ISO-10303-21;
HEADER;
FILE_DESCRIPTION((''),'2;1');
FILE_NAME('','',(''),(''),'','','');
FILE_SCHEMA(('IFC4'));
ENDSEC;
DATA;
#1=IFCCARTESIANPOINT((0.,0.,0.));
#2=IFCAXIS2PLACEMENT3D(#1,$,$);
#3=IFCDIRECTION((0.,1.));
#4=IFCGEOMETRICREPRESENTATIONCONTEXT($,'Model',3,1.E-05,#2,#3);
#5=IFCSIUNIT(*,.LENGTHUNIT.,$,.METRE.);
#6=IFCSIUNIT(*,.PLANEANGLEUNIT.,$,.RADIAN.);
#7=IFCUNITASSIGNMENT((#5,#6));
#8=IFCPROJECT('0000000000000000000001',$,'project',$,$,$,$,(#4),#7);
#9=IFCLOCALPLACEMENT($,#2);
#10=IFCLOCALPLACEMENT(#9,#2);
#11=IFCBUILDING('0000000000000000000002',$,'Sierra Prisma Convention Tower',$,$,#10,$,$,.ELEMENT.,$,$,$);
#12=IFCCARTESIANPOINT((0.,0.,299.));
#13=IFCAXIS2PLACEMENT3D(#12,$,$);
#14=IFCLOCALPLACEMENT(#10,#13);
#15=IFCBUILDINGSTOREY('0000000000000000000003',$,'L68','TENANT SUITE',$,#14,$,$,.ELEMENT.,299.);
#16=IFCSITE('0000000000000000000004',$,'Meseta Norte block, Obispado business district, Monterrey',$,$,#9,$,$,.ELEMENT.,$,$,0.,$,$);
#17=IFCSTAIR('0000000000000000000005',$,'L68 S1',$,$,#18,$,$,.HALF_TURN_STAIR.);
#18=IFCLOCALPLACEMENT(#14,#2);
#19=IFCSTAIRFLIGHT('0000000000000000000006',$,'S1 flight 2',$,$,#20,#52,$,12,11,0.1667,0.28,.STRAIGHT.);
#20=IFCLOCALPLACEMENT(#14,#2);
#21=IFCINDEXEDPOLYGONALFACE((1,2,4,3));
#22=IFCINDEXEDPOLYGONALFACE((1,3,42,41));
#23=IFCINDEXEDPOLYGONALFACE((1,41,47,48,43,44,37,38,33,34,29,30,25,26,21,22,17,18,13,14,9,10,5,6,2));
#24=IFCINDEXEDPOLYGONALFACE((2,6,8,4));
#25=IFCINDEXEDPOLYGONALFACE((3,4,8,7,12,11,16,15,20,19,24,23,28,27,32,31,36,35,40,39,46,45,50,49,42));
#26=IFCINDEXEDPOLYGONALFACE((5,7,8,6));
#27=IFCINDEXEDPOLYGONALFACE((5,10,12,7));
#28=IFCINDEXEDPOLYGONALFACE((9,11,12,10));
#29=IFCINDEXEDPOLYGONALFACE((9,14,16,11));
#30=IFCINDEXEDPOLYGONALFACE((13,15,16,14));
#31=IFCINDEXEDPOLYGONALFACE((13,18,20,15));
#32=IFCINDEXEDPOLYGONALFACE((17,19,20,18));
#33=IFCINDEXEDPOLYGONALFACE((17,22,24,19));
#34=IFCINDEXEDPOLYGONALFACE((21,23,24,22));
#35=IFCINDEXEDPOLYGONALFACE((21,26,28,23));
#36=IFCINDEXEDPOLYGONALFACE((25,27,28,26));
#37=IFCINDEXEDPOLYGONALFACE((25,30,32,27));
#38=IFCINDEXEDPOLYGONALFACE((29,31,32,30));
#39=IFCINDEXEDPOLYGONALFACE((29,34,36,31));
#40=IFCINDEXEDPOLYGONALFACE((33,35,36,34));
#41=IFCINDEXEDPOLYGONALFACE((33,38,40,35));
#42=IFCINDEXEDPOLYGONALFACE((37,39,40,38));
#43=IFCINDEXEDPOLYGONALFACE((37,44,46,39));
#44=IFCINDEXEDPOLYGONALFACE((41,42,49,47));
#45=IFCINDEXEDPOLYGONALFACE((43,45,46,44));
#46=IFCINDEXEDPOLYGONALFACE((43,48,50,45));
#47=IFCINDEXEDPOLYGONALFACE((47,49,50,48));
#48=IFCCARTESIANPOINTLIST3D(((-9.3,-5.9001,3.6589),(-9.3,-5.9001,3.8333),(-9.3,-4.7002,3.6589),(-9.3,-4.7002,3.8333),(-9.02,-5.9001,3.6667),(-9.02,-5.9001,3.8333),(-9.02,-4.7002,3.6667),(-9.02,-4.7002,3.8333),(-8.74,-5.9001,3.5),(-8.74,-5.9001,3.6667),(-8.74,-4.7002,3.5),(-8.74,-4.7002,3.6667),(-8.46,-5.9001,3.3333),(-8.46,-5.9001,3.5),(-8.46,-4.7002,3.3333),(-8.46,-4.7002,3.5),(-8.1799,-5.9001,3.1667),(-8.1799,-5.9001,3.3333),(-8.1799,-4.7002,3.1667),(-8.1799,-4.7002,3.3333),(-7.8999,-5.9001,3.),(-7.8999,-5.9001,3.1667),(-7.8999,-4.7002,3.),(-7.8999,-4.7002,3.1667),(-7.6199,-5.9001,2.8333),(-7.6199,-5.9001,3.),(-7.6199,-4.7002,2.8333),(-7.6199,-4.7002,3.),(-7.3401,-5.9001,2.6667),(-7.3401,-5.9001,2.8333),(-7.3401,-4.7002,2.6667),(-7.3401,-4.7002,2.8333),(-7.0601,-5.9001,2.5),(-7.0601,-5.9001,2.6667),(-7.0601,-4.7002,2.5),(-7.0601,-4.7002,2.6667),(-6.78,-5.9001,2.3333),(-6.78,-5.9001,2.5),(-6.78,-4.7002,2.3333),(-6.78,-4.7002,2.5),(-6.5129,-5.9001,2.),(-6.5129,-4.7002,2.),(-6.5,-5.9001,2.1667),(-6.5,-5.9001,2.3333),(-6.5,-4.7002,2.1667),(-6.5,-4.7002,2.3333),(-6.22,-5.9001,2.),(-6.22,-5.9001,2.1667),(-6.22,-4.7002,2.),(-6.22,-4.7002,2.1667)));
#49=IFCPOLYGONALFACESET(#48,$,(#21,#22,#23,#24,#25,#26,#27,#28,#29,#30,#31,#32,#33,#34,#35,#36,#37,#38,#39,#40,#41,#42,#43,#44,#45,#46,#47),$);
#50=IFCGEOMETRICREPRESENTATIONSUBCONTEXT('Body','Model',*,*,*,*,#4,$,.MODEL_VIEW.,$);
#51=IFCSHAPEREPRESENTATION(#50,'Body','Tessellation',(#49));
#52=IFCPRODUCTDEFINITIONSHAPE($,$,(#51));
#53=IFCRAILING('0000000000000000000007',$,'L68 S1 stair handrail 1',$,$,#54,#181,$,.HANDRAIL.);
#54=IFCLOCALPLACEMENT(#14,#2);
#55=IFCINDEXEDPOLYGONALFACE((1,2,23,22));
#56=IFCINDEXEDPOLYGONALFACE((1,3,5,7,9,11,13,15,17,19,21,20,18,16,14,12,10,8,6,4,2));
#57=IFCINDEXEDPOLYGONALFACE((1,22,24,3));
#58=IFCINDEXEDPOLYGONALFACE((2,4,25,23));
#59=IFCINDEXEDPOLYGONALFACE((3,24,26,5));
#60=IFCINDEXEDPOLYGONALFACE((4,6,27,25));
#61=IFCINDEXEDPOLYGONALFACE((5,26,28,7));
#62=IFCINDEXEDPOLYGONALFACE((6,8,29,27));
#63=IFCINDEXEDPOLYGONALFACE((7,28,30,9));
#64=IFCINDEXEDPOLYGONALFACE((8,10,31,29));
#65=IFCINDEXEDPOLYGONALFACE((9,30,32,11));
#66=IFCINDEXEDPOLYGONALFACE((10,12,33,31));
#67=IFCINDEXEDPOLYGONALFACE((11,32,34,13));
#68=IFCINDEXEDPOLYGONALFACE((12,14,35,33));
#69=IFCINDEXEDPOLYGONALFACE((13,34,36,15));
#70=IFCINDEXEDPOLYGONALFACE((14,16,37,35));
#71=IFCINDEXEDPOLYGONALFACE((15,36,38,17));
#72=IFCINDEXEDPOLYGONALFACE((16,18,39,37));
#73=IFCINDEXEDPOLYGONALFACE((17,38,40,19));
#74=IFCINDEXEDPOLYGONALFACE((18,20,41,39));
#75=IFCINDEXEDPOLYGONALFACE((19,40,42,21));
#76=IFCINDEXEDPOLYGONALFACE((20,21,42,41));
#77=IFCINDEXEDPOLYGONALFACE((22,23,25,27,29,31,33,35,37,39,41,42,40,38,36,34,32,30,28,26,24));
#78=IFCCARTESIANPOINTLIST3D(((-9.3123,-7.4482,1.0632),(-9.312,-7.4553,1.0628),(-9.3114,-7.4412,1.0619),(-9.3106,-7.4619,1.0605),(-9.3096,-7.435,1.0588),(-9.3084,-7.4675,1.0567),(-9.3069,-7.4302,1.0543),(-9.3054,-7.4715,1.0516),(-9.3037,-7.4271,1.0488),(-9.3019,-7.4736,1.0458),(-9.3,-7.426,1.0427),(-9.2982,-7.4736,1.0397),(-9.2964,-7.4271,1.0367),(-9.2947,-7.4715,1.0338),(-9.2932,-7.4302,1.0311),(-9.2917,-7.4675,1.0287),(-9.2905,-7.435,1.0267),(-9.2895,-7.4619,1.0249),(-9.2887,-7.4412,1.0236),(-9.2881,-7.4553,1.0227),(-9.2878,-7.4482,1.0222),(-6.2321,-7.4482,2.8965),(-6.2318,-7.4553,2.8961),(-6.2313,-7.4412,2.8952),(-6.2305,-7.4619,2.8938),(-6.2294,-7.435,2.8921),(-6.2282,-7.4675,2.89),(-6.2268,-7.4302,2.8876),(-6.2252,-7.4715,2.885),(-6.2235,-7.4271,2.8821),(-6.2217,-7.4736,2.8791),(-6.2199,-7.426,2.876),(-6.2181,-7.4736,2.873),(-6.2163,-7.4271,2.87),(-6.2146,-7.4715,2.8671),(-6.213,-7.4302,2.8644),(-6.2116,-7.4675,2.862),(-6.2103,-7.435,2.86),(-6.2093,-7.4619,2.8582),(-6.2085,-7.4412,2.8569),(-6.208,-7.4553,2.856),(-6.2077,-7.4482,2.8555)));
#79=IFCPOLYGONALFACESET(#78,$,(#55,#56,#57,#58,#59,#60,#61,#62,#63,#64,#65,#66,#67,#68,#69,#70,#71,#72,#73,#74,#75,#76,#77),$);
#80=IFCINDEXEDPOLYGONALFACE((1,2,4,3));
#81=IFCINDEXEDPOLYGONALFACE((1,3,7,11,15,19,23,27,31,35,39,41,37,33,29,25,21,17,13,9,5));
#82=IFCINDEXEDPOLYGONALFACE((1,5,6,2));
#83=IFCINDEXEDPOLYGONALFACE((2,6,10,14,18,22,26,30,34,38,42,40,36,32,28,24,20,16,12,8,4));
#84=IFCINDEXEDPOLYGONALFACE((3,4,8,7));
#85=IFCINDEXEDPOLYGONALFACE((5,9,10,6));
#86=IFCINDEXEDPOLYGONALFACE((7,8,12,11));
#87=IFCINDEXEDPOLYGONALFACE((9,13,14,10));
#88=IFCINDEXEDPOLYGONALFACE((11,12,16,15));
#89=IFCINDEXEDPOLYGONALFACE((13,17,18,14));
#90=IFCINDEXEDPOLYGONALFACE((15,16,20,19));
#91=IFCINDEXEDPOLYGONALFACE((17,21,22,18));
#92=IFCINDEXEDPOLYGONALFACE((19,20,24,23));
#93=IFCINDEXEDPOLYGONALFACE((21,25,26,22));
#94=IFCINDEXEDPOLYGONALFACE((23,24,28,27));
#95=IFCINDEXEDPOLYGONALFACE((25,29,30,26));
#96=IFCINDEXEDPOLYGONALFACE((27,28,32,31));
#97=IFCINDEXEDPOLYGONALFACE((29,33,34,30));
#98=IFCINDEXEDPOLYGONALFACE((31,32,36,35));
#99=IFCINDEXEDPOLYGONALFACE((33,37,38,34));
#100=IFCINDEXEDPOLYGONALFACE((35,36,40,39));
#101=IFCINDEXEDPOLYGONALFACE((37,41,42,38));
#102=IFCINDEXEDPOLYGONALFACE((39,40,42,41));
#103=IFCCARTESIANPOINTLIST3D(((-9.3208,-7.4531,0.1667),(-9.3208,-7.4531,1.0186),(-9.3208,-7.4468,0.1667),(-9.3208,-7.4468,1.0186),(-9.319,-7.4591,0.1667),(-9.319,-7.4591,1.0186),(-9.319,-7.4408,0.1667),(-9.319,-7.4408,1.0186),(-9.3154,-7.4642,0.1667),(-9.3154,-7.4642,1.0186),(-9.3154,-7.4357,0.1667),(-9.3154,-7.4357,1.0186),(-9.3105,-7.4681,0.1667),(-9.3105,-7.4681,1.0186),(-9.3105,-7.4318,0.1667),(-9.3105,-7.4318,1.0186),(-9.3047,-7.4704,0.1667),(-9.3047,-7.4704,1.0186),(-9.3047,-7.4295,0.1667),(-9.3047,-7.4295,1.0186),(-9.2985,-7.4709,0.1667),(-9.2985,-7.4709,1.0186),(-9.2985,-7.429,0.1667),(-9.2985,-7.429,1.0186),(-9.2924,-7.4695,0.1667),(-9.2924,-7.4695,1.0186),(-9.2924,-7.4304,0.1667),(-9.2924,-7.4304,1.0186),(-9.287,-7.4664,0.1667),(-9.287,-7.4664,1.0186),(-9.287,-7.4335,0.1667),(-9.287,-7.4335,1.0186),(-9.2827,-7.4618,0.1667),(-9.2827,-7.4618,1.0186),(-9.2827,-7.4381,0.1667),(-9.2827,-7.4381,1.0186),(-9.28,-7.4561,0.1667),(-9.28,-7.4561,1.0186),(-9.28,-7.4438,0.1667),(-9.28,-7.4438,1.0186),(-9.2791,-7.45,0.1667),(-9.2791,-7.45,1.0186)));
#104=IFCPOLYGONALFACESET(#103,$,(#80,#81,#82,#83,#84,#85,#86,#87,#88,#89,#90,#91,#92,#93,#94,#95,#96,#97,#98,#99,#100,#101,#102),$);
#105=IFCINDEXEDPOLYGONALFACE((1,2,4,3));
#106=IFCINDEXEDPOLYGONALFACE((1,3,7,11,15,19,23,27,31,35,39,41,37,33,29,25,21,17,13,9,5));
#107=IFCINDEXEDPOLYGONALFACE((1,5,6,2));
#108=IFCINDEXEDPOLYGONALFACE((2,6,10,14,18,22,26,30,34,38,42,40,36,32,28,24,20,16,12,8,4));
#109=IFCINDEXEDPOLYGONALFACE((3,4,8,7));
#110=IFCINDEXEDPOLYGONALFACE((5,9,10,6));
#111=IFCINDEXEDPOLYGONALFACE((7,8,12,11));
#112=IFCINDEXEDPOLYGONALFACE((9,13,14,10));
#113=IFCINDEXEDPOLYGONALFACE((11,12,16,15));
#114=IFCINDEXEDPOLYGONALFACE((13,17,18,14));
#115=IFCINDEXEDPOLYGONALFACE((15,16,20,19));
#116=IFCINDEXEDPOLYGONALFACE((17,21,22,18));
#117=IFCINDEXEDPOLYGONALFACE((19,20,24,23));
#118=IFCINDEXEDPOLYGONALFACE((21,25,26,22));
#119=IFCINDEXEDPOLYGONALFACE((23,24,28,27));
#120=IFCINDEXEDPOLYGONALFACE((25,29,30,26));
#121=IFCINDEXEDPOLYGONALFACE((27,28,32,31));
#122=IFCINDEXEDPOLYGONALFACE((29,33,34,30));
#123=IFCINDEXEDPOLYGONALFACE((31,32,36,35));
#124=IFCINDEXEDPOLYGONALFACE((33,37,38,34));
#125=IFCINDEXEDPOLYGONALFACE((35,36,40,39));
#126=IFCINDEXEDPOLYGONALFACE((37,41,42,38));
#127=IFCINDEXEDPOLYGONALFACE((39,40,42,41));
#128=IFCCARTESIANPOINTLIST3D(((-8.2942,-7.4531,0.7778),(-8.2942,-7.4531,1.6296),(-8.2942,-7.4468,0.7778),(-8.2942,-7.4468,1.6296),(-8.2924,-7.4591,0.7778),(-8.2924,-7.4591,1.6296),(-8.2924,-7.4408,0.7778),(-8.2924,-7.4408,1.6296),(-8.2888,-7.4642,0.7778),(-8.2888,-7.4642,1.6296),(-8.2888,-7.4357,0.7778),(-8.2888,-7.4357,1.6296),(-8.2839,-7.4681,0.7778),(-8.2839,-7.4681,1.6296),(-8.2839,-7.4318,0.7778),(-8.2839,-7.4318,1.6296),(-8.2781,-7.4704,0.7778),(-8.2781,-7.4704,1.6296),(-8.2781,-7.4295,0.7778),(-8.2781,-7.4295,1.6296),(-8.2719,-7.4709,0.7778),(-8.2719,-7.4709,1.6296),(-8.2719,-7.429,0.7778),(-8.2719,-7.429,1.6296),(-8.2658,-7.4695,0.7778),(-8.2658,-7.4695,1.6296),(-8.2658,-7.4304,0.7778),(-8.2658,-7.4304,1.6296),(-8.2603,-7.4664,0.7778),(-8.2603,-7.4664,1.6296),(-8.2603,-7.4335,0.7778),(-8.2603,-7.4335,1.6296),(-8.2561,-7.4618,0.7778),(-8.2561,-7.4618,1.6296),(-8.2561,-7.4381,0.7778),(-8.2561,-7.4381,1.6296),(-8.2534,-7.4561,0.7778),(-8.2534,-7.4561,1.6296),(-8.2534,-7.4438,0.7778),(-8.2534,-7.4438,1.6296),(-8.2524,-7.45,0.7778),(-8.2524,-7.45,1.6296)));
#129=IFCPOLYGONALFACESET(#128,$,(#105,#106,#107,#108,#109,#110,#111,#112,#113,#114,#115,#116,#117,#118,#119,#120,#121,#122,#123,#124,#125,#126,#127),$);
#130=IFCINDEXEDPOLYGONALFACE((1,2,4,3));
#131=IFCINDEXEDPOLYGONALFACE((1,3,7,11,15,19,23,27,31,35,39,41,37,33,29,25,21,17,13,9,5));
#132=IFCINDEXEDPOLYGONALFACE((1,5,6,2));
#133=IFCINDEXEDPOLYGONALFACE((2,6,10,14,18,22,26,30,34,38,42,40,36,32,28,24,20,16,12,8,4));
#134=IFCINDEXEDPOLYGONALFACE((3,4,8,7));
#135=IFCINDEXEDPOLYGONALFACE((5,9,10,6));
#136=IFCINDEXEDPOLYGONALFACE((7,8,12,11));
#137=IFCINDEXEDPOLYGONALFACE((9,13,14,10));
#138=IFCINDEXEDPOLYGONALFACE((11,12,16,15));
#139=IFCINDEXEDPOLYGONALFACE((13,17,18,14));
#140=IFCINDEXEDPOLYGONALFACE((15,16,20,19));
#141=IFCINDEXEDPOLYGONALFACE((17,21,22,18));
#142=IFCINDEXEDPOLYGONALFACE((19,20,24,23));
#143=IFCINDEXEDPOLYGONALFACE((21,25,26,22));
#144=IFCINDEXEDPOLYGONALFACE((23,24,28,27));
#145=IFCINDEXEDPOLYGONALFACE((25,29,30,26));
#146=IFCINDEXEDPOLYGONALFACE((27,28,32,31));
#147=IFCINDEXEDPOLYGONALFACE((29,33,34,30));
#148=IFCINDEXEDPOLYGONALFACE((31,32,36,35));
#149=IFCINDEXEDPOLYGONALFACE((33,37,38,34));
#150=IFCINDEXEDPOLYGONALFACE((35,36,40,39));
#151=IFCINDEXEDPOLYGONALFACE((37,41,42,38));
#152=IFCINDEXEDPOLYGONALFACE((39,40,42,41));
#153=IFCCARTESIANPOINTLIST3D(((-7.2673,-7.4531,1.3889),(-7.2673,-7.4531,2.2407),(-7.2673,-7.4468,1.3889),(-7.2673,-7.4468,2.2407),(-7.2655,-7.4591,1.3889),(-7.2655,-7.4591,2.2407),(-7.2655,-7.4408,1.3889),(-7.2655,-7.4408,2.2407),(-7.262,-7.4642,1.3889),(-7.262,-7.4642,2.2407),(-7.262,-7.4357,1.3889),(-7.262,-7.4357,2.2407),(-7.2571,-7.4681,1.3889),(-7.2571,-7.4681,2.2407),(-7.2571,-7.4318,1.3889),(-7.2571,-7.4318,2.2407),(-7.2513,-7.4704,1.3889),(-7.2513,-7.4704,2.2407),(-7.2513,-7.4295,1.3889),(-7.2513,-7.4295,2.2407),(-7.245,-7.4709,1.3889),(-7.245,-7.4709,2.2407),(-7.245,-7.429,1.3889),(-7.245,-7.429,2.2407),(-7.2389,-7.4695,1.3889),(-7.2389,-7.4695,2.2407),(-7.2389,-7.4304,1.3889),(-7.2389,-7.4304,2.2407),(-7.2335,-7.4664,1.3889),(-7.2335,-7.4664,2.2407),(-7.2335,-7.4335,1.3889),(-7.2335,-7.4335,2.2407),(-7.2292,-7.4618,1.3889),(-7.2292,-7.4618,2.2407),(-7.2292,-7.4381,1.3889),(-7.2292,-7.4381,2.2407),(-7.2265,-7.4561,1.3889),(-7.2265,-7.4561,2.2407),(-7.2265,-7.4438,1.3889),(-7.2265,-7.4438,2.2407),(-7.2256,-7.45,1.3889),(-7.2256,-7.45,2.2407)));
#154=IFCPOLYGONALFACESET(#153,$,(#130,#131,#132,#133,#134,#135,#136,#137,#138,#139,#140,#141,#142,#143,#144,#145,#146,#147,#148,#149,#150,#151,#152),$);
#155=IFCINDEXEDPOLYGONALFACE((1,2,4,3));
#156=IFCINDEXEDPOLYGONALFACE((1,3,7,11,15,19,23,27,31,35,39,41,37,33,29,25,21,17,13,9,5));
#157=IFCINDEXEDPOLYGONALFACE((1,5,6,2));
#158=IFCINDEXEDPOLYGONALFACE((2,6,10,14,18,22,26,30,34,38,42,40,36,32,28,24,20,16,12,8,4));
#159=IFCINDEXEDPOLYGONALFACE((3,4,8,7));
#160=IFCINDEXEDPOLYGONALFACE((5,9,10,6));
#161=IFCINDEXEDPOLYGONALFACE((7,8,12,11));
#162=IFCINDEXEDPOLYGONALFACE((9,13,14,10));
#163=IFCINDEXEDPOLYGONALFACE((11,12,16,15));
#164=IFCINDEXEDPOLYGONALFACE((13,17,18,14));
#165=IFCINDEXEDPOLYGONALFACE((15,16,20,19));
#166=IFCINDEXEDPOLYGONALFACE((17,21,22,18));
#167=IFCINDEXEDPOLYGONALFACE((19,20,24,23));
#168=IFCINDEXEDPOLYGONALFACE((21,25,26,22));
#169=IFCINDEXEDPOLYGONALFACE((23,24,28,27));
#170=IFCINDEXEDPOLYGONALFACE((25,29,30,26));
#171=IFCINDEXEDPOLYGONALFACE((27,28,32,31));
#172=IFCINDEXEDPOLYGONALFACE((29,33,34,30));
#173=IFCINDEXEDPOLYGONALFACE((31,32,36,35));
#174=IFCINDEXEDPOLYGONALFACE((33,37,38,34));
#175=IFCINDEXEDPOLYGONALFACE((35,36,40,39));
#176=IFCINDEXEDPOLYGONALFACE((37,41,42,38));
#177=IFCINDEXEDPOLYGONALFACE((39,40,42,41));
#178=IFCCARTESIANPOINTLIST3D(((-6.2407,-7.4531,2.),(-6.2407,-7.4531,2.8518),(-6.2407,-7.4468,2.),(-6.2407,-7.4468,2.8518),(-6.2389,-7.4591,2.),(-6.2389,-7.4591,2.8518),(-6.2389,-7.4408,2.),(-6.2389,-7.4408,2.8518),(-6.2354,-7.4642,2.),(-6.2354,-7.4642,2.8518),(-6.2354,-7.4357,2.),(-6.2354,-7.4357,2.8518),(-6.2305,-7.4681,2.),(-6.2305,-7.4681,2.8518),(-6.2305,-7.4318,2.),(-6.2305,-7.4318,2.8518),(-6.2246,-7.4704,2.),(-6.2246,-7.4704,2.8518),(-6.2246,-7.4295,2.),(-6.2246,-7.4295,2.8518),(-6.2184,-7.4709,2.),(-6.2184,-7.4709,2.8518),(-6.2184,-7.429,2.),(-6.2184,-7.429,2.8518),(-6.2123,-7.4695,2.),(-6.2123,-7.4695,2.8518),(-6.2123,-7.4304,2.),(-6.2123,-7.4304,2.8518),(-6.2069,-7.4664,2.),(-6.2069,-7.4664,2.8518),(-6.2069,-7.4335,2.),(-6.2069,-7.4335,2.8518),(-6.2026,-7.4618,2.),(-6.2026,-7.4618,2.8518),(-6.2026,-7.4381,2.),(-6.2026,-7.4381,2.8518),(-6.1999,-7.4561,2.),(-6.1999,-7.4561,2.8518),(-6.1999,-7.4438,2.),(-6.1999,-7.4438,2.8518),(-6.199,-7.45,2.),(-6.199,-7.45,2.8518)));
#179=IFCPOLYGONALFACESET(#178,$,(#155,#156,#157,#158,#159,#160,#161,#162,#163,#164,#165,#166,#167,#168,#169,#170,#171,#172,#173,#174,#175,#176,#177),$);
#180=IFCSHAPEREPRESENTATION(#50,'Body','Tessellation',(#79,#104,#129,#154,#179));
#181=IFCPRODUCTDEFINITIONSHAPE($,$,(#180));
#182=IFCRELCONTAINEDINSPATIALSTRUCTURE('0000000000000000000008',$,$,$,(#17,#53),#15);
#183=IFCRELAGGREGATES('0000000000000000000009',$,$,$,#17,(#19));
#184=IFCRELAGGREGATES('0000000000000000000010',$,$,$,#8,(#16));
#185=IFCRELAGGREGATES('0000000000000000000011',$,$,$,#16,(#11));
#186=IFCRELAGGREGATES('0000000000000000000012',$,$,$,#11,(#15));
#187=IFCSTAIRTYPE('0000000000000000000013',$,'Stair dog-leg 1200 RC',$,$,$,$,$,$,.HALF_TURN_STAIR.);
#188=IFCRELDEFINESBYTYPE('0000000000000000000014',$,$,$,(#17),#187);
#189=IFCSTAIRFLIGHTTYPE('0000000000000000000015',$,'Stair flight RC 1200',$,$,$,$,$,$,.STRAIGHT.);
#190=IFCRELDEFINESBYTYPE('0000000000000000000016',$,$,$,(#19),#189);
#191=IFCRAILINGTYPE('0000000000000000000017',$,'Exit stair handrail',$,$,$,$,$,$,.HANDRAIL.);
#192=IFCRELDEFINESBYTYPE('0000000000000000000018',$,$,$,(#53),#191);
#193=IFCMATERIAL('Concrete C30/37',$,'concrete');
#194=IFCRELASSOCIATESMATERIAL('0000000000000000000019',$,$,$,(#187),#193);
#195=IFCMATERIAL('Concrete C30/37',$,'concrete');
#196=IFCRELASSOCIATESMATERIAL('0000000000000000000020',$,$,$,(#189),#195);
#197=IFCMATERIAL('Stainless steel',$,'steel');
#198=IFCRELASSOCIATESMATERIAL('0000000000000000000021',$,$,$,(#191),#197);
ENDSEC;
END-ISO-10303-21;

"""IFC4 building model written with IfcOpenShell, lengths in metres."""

from ifc_helpers import new_model, si_unit, direction, frame, origin, origin_2d, place, context, subcontext, project, spatial, polyline, circle, outline, extrude, material, type_object, element, aggregate, save


model = new_model("IFC4")

# Units and contexts
model_context = context("Model", 3, precision=1e-05, world=origin(), true_north=direction((0.0, 1.0)))
body_context = subcontext(model_context, "Body", "Model", "MODEL_VIEW")
ifc_project = project(units=[si_unit("LENGTHUNIT", "METRE"), si_unit("PLANEANGLEUNIT", "RADIAN")], contexts=[model_context])

# Site, building, storey
site_placement = place(None, origin())
site = spatial("IfcSite", under=ifc_project, at=site_placement, Name="Meseta Norte block, Obispado business district, Monterrey", CompositionType="ELEMENT", RefElevation=0.0)
building_placement = place(site_placement, origin())
building = spatial("IfcBuilding", under=site, at=building_placement, Name="Sierra Prisma Convention Tower", CompositionType="ELEMENT")
storey_placement = place(building_placement, frame((0.0, 0.0, 299.0)))
storey = spatial("IfcBuildingStorey", under=building, at=storey_placement, Name="L68", Description="TENANT SUITE", CompositionType="ELEMENT", Elevation=299.0)

# Stair, stair flight
ifc_material_1 = material(Name="Concrete C30/37", Category="concrete")
stair_type = type_object("IfcStairType", Name="Stair dog-leg 1200 RC", PredefinedType="HALF_TURN_STAIR", material=ifc_material_1)
stair_placement = place(storey_placement, origin())
stair = element("IfcStair", 1, at=stair_placement, inside=storey, type_object=stair_type, Name="L68 S1", PredefinedType="HALF_TURN_STAIR")
ifc_material_2 = material(Name="Concrete C30/37", Category="concrete")
stair_flight_type = type_object("IfcStairFlightType", Name="Stair flight RC 1200", PredefinedType="STRAIGHT", material=ifc_material_2)
stair_flight_1_placement = place(storey_placement, frame((-6.22, -5.3, 2.0), z_axis=(0.0, 0.0, 1.0), x_axis=(-1.0, 0.0, 0.0)))
stair_flight_1 = element("IfcStairFlight", 2, at=stair_flight_1_placement, type_object=stair_flight_type, Name="S1 flight 2", NumberOfRisers=12, NumberOfTreads=11, PredefinedType="STRAIGHT", RiserHeight=0.1667, TreadLength=0.28, context=body_context, shape_type="SweptSolid", body=[
    extrude(outline(polyline([(0.0, 0.0), (0.0, 0.1667), (0.28, 0.1667), (0.28, 0.3333), (0.5601, 0.3333), (0.5601, 0.5), (0.8401, 0.5), (0.8401, 0.6667), (1.1201, 0.6667), (1.1201, 0.8333), (1.3999, 0.8333), (1.3999, 1.0), (1.6799, 1.0), (1.6799, 1.1667), (1.96, 1.1667), (1.96, 1.3333), (2.24, 1.3333), (2.24, 1.5), (2.52, 1.5), (2.52, 1.6667), (2.8, 1.6667), (2.8, 1.8333), (3.0801, 1.8333), (3.0801, 2.0), (3.0801, 1.6589), (0.293, 0.0), (0.0, 0.0)])), frame((0.0, 0.6001, 0.0), z_axis=(0.0, -1.0, 0.0), x_axis=(1.0, 0.0, 0.0)), (0.0, 0.0, 1.0), 1.2),
])
aggregate(stair, [stair_flight_1])

# Railing
ifc_material_3 = material(Name="Stainless steel", Category="steel")
railing_type_1 = type_object("IfcRailingType", Name="Exit stair handrail", PredefinedType="HANDRAIL", material=ifc_material_3)
railing_1_placement = place(storey_placement, frame((-9.3, -7.45, 0.1667)))
element("IfcRailing", 3, at=railing_1_placement, inside=storey, type_object=railing_type_1, Name="L68 S1 stair handrail 1", PredefinedType="HANDRAIL", context=body_context, shape_type="SweptSolid", body=[
    extrude(circle(Radius=0.0239, at=origin_2d()), frame((0.0, 0.0, 0.876), z_axis=(0.859309, 0.0, 0.511458), x_axis=(0.0, 1.0, 0.0)), (0.0, 0.0, 1.0), 3.5845),
    extrude(circle(Radius=0.021, at=origin_2d()), origin(), (0.0, 0.0, 1.0), 0.8518),
    extrude(circle(Radius=0.021, at=origin_2d()), frame((1.0266, 0.0, 0.6111)), (0.0, 0.0, 1.0), 0.8518),
    extrude(circle(Radius=0.021, at=origin_2d()), frame((2.0535, 0.0, 1.2222)), (0.0, 0.0, 1.0), 0.8518),
    extrude(circle(Radius=0.021, at=origin_2d()), frame((3.0801, 0.0, 1.8333)), (0.0, 0.0, 1.0), 0.8518),
])

save(model, "model.ifc")
